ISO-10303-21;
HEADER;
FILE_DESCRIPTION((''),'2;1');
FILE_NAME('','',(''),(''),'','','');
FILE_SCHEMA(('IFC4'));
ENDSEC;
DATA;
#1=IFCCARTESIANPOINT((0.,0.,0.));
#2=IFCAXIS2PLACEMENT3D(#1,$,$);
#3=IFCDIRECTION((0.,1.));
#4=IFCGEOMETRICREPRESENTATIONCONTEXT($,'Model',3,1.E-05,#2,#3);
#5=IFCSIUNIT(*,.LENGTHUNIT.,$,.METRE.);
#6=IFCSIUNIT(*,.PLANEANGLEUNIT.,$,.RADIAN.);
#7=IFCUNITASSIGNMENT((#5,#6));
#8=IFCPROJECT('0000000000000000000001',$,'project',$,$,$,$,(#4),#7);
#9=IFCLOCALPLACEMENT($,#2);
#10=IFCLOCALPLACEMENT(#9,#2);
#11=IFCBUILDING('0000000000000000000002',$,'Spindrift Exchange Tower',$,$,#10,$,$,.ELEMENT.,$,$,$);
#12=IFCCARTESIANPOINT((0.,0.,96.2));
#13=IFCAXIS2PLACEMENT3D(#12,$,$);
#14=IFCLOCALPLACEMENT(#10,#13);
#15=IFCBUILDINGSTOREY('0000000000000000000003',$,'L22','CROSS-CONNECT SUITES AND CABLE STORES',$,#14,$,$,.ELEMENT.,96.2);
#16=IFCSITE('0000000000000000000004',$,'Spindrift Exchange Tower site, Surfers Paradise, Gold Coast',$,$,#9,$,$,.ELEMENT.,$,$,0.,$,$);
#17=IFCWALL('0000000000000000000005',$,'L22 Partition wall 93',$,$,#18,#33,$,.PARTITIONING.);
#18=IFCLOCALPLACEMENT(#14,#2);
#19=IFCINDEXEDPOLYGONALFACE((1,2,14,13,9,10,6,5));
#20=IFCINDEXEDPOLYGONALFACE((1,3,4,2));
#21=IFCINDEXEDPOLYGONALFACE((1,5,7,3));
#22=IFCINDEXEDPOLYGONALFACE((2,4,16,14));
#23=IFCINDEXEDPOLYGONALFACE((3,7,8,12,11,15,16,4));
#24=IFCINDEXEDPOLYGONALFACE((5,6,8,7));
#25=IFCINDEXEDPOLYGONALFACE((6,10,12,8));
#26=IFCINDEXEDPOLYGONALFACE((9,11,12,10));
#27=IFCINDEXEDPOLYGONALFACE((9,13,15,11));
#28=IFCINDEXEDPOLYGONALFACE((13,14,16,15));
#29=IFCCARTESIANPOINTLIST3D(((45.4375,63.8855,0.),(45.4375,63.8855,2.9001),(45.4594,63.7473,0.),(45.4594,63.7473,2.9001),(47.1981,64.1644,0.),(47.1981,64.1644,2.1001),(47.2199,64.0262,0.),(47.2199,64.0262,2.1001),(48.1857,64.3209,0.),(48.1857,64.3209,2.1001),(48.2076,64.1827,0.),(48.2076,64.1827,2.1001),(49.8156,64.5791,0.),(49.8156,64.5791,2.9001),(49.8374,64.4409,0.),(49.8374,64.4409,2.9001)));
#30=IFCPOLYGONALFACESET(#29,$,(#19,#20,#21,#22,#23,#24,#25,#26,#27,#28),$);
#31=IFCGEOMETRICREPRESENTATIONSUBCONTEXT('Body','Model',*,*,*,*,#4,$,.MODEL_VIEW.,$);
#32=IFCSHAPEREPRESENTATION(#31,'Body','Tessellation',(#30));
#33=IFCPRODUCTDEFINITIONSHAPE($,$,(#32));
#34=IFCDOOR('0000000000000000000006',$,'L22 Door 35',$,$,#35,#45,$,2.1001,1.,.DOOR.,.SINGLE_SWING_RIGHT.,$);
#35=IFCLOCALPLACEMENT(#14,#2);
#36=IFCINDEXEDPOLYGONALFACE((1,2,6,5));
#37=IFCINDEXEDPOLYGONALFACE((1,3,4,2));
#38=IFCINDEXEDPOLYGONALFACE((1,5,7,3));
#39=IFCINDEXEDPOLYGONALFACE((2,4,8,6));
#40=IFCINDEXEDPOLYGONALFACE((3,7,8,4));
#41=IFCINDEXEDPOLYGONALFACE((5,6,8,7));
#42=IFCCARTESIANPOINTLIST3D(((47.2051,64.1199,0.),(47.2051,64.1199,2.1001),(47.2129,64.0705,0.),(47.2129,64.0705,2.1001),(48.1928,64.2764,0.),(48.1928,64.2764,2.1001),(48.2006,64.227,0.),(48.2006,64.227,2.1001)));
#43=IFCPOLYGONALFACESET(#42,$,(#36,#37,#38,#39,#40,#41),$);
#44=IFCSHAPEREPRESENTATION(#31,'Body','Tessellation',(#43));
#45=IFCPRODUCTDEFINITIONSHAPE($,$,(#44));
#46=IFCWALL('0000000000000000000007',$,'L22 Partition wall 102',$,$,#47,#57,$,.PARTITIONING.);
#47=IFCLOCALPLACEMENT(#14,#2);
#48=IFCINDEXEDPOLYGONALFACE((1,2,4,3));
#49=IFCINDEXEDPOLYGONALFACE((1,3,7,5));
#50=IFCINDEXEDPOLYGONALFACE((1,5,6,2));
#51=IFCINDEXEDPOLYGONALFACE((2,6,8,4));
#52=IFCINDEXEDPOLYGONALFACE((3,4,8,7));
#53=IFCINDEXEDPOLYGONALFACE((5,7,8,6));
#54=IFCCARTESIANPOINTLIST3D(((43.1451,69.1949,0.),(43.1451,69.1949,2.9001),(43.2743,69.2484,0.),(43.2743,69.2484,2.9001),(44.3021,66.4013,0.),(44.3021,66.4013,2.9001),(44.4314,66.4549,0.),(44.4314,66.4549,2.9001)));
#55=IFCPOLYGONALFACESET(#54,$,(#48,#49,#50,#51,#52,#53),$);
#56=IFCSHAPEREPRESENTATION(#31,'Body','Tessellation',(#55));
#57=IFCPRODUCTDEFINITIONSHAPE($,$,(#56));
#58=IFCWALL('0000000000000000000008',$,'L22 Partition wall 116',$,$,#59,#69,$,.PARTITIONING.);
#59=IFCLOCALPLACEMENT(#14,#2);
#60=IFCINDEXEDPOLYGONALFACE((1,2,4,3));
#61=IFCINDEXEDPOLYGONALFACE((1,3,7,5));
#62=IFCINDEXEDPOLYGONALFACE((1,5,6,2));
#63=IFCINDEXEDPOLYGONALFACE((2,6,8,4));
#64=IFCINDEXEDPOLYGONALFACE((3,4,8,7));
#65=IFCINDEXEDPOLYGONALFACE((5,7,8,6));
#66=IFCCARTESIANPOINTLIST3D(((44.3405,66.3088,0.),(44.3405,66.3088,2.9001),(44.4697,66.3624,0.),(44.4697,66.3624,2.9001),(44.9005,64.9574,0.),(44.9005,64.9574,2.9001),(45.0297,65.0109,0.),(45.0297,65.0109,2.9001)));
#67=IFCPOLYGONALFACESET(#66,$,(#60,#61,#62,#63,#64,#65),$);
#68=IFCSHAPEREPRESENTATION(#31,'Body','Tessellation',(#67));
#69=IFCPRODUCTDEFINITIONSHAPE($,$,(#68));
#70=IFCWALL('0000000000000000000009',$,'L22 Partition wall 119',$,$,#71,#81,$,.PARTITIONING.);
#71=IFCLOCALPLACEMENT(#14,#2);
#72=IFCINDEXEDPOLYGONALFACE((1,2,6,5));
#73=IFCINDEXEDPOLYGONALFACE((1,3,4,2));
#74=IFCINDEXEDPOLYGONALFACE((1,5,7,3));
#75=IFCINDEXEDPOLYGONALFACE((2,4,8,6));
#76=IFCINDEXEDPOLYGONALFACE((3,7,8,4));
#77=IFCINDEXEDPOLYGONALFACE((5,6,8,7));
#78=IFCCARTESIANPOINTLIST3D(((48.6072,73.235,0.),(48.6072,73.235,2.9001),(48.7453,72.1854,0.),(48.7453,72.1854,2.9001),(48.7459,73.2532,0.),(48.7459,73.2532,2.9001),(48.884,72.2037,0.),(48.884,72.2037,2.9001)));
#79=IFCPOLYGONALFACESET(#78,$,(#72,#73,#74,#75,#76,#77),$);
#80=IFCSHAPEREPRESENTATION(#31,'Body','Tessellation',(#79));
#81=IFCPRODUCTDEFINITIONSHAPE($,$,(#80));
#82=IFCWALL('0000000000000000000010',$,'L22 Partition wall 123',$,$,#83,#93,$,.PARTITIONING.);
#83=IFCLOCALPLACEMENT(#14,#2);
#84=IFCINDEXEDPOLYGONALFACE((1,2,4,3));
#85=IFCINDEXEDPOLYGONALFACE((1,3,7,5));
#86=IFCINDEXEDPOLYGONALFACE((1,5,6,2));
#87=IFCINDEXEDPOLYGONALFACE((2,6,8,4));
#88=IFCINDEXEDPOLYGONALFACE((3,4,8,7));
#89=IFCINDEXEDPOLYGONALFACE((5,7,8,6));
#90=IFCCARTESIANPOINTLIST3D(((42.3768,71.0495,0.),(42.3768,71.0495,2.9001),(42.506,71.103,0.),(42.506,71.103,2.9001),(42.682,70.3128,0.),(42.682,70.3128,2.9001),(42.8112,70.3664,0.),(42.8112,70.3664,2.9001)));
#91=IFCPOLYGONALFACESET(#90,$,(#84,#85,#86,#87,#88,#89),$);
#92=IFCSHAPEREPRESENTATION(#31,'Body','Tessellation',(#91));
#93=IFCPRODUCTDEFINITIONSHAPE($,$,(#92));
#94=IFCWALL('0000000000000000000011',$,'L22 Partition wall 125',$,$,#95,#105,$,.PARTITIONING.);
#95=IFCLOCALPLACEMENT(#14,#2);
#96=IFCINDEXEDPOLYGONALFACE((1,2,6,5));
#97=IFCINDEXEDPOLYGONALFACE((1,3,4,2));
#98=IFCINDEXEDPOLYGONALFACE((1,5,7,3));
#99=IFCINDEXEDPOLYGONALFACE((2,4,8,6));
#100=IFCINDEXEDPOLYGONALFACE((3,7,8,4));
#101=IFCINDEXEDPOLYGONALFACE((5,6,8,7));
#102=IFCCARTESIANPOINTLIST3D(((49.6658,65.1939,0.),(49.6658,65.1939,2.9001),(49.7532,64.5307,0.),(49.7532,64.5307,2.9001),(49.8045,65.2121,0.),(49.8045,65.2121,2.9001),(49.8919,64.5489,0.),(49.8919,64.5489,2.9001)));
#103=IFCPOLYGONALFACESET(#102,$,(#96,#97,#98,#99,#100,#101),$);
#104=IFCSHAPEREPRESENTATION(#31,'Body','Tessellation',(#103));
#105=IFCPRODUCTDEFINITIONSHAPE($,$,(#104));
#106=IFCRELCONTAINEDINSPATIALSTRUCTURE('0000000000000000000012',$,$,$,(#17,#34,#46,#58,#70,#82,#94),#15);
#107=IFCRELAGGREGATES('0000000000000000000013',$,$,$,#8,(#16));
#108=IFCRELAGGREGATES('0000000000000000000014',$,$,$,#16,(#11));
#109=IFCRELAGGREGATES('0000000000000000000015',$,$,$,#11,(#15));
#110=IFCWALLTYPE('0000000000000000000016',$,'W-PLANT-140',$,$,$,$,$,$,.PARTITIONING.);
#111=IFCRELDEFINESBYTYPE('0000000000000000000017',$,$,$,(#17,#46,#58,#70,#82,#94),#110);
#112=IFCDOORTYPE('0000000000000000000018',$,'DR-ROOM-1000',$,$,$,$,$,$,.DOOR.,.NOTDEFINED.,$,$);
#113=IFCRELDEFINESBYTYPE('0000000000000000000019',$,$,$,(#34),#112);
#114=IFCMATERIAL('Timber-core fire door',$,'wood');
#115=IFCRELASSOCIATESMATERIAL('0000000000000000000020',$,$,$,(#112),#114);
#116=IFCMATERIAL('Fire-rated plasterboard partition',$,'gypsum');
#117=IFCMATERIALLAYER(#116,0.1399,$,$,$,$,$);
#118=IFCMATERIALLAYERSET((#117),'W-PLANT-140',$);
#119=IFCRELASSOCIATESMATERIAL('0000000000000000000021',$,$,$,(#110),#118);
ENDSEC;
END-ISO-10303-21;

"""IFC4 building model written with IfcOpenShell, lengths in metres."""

from ifc_helpers import new_model, si_unit, direction, frame, frame_2d, origin, place, context, subcontext, project, spatial, rectangle, extrude, source, transform, mapped, material, layer, layer_set, type_object, element, fill, save


model = new_model("IFC4")

# Units and contexts
model_context = context("Model", 3, precision=1e-05, world=origin(), true_north=direction((0.0, 1.0)))
body_context = subcontext(model_context, "Body", "Model", "MODEL_VIEW")
ifc_project = project(units=[si_unit("LENGTHUNIT", "METRE"), si_unit("PLANEANGLEUNIT", "RADIAN")], contexts=[model_context])

# Site, building, storey
site_placement = place(None, origin())
site = spatial("IfcSite", under=ifc_project, at=site_placement, Name="Spindrift Exchange Tower site, Surfers Paradise, Gold Coast", CompositionType="ELEMENT", RefElevation=0.0)
building_placement = place(site_placement, origin())
building = spatial("IfcBuilding", under=site, at=building_placement, Name="Spindrift Exchange Tower", CompositionType="ELEMENT")
storey_placement = place(building_placement, frame((0.0, 0.0, 96.2)))
storey = spatial("IfcBuildingStorey", under=building, at=storey_placement, Name="L22", Description="CROSS-CONNECT SUITES AND CABLE STORES", CompositionType="ELEMENT", Elevation=96.2)

# Shared definitions
ifc_material_1 = material(Name="Fire-rated plasterboard partition", Category="gypsum")
ifc_material_2 = material(Name="Timber-core fire door", Category="wood")
door_type = type_object("IfcDoorType", Name="DR-ROOM-1000", OperationType="NOTDEFINED", PredefinedType="DOOR", material=ifc_material_2)
shared_shape_1 = source(origin(), body_context, "Body", "SweptSolid", [
    extrude(rectangle(XDim=1.0, YDim=2.1001, at=frame_2d((0.5, 1.05))), frame((0.0, 0.0249, 0.0), z_axis=(0.0, -1.0, 0.0), x_axis=(1.0, 0.0, 0.0)), (0.0, 0.0, 1.0), 0.05),
])

# Shared definitions
ifc_layer_1 = layer(ifc_material_1, 0.1399)
ifc_layer_set_1 = layer_set([ifc_layer_1], Name="W-PLANT-140")
wall_type_1 = type_object("IfcWallType", Name="W-PLANT-140", PredefinedType="PARTITIONING", material=ifc_layer_set_1)

# Wall, opening, door
wall_1_placement = place(storey_placement, frame((45.4485, 63.8164, 0.0), z_axis=(0.0, 0.0, 1.0), x_axis=(0.987681, 0.15648, 0.0)))
wall_1 = element("IfcWall", 1, at=wall_1_placement, inside=storey, type_object=wall_type_1, Name="L22 Partition wall 93", PredefinedType="PARTITIONING", context=body_context, shape_type="SweptSolid", body=[
    extrude(rectangle(XDim=4.4326, YDim=0.1399, at=frame_2d((2.2163, 0.0))), origin(), (0.0, 0.0, 1.0), 2.9001),
])
opening_1_placement = place(wall_1_placement, frame((1.7825, 0.0, 0.0)))
opening_1 = element("IfcOpeningElement", 2, at=opening_1_placement, cuts=wall_1, PredefinedType="OPENING", context=body_context, shape_type="SweptSolid", body=[
    extrude(rectangle(XDim=1.0, YDim=2.1001, at=frame_2d((0.5, 1.05))), frame((0.0, 0.0798, 0.0), z_axis=(0.0, -1.0, 0.0), x_axis=(1.0, 0.0, 0.0)), (0.0, 0.0, 1.0), 0.1599),
])
door_1_placement = place(opening_1_placement, origin())
door_1 = element("IfcDoor", 3, at=door_1_placement, inside=storey, type_object=door_type, Name="L22 Door 35", OperationType="SINGLE_SWING_RIGHT", OverallHeight=2.1001, OverallWidth=1.0, PredefinedType="DOOR", context=body_context, shape_type="MappedRepresentation", body=[
    mapped(shared_shape_1, transform((0.0, 0.0, 0.0), scale=1.0)),
])
fill(opening_1, door_1)

# Walls
wall_2_placement = place(storey_placement, frame((44.3667, 66.4282, 0.0), z_axis=(0.0, 0.0, 1.0), x_axis=(-0.382654, 0.923892, 0.0)))
element("IfcWall", 4, at=wall_2_placement, inside=storey, type_object=wall_type_1, Name="L22 Partition wall 102", PredefinedType="PARTITIONING", context=body_context, shape_type="SweptSolid", body=[
    extrude(rectangle(XDim=3.0237, YDim=0.1399, at=frame_2d((1.5117, 0.0))), origin(), (0.0, 0.0, 1.0), 2.9001),
])
wall_3_placement = place(storey_placement, frame((44.9651, 64.9841, 0.0), z_axis=(0.0, 0.0, 1.0), x_axis=(-0.382814, 0.923826, 0.0)))
element("IfcWall", 5, at=wall_3_placement, inside=storey, type_object=wall_type_1, Name="L22 Partition wall 116", PredefinedType="PARTITIONING", context=body_context, shape_type="SweptSolid", body=[
    extrude(rectangle(XDim=1.4629, YDim=0.1399, at=frame_2d((0.7314, 0.0))), origin(), (0.0, 0.0, 1.0), 2.9001),
])
wall_4_placement = place(storey_placement, frame((48.8147, 72.1946, 0.0), z_axis=(0.0, 0.0, 1.0), x_axis=(-0.130532, 0.991444, 0.0)))
element("IfcWall", 6, at=wall_4_placement, inside=storey, type_object=wall_type_1, Name="L22 Partition wall 119", PredefinedType="PARTITIONING", context=body_context, shape_type="SweptSolid", body=[
    extrude(rectangle(XDim=1.0586, YDim=0.1399, at=frame_2d((0.5293, 0.0))), origin(), (0.0, 0.0, 1.0), 2.9001),
])
wall_5_placement = place(storey_placement, frame((42.7466, 70.3396, 0.0), z_axis=(0.0, 0.0, 1.0), x_axis=(-0.382766, 0.923845, 0.0)))
element("IfcWall", 7, at=wall_5_placement, inside=storey, type_object=wall_type_1, Name="L22 Partition wall 123", PredefinedType="PARTITIONING", context=body_context, shape_type="SweptSolid", body=[
    extrude(rectangle(XDim=0.7974, YDim=0.1399, at=frame_2d((0.3987, 0.0))), origin(), (0.0, 0.0, 1.0), 2.9001),
])
wall_6_placement = place(storey_placement, frame((49.8225, 64.5398, 0.0), z_axis=(0.0, 0.0, 1.0), x_axis=(-0.130634, 0.991431, 0.0)))
element("IfcWall", 8, at=wall_6_placement, inside=storey, type_object=wall_type_1, Name="L22 Partition wall 125", PredefinedType="PARTITIONING", context=body_context, shape_type="SweptSolid", body=[
    extrude(rectangle(XDim=0.6689, YDim=0.1399, at=frame_2d((0.3345, 0.0))), origin(), (0.0, 0.0, 1.0), 2.9001),
])

save(model, "model.ifc")
